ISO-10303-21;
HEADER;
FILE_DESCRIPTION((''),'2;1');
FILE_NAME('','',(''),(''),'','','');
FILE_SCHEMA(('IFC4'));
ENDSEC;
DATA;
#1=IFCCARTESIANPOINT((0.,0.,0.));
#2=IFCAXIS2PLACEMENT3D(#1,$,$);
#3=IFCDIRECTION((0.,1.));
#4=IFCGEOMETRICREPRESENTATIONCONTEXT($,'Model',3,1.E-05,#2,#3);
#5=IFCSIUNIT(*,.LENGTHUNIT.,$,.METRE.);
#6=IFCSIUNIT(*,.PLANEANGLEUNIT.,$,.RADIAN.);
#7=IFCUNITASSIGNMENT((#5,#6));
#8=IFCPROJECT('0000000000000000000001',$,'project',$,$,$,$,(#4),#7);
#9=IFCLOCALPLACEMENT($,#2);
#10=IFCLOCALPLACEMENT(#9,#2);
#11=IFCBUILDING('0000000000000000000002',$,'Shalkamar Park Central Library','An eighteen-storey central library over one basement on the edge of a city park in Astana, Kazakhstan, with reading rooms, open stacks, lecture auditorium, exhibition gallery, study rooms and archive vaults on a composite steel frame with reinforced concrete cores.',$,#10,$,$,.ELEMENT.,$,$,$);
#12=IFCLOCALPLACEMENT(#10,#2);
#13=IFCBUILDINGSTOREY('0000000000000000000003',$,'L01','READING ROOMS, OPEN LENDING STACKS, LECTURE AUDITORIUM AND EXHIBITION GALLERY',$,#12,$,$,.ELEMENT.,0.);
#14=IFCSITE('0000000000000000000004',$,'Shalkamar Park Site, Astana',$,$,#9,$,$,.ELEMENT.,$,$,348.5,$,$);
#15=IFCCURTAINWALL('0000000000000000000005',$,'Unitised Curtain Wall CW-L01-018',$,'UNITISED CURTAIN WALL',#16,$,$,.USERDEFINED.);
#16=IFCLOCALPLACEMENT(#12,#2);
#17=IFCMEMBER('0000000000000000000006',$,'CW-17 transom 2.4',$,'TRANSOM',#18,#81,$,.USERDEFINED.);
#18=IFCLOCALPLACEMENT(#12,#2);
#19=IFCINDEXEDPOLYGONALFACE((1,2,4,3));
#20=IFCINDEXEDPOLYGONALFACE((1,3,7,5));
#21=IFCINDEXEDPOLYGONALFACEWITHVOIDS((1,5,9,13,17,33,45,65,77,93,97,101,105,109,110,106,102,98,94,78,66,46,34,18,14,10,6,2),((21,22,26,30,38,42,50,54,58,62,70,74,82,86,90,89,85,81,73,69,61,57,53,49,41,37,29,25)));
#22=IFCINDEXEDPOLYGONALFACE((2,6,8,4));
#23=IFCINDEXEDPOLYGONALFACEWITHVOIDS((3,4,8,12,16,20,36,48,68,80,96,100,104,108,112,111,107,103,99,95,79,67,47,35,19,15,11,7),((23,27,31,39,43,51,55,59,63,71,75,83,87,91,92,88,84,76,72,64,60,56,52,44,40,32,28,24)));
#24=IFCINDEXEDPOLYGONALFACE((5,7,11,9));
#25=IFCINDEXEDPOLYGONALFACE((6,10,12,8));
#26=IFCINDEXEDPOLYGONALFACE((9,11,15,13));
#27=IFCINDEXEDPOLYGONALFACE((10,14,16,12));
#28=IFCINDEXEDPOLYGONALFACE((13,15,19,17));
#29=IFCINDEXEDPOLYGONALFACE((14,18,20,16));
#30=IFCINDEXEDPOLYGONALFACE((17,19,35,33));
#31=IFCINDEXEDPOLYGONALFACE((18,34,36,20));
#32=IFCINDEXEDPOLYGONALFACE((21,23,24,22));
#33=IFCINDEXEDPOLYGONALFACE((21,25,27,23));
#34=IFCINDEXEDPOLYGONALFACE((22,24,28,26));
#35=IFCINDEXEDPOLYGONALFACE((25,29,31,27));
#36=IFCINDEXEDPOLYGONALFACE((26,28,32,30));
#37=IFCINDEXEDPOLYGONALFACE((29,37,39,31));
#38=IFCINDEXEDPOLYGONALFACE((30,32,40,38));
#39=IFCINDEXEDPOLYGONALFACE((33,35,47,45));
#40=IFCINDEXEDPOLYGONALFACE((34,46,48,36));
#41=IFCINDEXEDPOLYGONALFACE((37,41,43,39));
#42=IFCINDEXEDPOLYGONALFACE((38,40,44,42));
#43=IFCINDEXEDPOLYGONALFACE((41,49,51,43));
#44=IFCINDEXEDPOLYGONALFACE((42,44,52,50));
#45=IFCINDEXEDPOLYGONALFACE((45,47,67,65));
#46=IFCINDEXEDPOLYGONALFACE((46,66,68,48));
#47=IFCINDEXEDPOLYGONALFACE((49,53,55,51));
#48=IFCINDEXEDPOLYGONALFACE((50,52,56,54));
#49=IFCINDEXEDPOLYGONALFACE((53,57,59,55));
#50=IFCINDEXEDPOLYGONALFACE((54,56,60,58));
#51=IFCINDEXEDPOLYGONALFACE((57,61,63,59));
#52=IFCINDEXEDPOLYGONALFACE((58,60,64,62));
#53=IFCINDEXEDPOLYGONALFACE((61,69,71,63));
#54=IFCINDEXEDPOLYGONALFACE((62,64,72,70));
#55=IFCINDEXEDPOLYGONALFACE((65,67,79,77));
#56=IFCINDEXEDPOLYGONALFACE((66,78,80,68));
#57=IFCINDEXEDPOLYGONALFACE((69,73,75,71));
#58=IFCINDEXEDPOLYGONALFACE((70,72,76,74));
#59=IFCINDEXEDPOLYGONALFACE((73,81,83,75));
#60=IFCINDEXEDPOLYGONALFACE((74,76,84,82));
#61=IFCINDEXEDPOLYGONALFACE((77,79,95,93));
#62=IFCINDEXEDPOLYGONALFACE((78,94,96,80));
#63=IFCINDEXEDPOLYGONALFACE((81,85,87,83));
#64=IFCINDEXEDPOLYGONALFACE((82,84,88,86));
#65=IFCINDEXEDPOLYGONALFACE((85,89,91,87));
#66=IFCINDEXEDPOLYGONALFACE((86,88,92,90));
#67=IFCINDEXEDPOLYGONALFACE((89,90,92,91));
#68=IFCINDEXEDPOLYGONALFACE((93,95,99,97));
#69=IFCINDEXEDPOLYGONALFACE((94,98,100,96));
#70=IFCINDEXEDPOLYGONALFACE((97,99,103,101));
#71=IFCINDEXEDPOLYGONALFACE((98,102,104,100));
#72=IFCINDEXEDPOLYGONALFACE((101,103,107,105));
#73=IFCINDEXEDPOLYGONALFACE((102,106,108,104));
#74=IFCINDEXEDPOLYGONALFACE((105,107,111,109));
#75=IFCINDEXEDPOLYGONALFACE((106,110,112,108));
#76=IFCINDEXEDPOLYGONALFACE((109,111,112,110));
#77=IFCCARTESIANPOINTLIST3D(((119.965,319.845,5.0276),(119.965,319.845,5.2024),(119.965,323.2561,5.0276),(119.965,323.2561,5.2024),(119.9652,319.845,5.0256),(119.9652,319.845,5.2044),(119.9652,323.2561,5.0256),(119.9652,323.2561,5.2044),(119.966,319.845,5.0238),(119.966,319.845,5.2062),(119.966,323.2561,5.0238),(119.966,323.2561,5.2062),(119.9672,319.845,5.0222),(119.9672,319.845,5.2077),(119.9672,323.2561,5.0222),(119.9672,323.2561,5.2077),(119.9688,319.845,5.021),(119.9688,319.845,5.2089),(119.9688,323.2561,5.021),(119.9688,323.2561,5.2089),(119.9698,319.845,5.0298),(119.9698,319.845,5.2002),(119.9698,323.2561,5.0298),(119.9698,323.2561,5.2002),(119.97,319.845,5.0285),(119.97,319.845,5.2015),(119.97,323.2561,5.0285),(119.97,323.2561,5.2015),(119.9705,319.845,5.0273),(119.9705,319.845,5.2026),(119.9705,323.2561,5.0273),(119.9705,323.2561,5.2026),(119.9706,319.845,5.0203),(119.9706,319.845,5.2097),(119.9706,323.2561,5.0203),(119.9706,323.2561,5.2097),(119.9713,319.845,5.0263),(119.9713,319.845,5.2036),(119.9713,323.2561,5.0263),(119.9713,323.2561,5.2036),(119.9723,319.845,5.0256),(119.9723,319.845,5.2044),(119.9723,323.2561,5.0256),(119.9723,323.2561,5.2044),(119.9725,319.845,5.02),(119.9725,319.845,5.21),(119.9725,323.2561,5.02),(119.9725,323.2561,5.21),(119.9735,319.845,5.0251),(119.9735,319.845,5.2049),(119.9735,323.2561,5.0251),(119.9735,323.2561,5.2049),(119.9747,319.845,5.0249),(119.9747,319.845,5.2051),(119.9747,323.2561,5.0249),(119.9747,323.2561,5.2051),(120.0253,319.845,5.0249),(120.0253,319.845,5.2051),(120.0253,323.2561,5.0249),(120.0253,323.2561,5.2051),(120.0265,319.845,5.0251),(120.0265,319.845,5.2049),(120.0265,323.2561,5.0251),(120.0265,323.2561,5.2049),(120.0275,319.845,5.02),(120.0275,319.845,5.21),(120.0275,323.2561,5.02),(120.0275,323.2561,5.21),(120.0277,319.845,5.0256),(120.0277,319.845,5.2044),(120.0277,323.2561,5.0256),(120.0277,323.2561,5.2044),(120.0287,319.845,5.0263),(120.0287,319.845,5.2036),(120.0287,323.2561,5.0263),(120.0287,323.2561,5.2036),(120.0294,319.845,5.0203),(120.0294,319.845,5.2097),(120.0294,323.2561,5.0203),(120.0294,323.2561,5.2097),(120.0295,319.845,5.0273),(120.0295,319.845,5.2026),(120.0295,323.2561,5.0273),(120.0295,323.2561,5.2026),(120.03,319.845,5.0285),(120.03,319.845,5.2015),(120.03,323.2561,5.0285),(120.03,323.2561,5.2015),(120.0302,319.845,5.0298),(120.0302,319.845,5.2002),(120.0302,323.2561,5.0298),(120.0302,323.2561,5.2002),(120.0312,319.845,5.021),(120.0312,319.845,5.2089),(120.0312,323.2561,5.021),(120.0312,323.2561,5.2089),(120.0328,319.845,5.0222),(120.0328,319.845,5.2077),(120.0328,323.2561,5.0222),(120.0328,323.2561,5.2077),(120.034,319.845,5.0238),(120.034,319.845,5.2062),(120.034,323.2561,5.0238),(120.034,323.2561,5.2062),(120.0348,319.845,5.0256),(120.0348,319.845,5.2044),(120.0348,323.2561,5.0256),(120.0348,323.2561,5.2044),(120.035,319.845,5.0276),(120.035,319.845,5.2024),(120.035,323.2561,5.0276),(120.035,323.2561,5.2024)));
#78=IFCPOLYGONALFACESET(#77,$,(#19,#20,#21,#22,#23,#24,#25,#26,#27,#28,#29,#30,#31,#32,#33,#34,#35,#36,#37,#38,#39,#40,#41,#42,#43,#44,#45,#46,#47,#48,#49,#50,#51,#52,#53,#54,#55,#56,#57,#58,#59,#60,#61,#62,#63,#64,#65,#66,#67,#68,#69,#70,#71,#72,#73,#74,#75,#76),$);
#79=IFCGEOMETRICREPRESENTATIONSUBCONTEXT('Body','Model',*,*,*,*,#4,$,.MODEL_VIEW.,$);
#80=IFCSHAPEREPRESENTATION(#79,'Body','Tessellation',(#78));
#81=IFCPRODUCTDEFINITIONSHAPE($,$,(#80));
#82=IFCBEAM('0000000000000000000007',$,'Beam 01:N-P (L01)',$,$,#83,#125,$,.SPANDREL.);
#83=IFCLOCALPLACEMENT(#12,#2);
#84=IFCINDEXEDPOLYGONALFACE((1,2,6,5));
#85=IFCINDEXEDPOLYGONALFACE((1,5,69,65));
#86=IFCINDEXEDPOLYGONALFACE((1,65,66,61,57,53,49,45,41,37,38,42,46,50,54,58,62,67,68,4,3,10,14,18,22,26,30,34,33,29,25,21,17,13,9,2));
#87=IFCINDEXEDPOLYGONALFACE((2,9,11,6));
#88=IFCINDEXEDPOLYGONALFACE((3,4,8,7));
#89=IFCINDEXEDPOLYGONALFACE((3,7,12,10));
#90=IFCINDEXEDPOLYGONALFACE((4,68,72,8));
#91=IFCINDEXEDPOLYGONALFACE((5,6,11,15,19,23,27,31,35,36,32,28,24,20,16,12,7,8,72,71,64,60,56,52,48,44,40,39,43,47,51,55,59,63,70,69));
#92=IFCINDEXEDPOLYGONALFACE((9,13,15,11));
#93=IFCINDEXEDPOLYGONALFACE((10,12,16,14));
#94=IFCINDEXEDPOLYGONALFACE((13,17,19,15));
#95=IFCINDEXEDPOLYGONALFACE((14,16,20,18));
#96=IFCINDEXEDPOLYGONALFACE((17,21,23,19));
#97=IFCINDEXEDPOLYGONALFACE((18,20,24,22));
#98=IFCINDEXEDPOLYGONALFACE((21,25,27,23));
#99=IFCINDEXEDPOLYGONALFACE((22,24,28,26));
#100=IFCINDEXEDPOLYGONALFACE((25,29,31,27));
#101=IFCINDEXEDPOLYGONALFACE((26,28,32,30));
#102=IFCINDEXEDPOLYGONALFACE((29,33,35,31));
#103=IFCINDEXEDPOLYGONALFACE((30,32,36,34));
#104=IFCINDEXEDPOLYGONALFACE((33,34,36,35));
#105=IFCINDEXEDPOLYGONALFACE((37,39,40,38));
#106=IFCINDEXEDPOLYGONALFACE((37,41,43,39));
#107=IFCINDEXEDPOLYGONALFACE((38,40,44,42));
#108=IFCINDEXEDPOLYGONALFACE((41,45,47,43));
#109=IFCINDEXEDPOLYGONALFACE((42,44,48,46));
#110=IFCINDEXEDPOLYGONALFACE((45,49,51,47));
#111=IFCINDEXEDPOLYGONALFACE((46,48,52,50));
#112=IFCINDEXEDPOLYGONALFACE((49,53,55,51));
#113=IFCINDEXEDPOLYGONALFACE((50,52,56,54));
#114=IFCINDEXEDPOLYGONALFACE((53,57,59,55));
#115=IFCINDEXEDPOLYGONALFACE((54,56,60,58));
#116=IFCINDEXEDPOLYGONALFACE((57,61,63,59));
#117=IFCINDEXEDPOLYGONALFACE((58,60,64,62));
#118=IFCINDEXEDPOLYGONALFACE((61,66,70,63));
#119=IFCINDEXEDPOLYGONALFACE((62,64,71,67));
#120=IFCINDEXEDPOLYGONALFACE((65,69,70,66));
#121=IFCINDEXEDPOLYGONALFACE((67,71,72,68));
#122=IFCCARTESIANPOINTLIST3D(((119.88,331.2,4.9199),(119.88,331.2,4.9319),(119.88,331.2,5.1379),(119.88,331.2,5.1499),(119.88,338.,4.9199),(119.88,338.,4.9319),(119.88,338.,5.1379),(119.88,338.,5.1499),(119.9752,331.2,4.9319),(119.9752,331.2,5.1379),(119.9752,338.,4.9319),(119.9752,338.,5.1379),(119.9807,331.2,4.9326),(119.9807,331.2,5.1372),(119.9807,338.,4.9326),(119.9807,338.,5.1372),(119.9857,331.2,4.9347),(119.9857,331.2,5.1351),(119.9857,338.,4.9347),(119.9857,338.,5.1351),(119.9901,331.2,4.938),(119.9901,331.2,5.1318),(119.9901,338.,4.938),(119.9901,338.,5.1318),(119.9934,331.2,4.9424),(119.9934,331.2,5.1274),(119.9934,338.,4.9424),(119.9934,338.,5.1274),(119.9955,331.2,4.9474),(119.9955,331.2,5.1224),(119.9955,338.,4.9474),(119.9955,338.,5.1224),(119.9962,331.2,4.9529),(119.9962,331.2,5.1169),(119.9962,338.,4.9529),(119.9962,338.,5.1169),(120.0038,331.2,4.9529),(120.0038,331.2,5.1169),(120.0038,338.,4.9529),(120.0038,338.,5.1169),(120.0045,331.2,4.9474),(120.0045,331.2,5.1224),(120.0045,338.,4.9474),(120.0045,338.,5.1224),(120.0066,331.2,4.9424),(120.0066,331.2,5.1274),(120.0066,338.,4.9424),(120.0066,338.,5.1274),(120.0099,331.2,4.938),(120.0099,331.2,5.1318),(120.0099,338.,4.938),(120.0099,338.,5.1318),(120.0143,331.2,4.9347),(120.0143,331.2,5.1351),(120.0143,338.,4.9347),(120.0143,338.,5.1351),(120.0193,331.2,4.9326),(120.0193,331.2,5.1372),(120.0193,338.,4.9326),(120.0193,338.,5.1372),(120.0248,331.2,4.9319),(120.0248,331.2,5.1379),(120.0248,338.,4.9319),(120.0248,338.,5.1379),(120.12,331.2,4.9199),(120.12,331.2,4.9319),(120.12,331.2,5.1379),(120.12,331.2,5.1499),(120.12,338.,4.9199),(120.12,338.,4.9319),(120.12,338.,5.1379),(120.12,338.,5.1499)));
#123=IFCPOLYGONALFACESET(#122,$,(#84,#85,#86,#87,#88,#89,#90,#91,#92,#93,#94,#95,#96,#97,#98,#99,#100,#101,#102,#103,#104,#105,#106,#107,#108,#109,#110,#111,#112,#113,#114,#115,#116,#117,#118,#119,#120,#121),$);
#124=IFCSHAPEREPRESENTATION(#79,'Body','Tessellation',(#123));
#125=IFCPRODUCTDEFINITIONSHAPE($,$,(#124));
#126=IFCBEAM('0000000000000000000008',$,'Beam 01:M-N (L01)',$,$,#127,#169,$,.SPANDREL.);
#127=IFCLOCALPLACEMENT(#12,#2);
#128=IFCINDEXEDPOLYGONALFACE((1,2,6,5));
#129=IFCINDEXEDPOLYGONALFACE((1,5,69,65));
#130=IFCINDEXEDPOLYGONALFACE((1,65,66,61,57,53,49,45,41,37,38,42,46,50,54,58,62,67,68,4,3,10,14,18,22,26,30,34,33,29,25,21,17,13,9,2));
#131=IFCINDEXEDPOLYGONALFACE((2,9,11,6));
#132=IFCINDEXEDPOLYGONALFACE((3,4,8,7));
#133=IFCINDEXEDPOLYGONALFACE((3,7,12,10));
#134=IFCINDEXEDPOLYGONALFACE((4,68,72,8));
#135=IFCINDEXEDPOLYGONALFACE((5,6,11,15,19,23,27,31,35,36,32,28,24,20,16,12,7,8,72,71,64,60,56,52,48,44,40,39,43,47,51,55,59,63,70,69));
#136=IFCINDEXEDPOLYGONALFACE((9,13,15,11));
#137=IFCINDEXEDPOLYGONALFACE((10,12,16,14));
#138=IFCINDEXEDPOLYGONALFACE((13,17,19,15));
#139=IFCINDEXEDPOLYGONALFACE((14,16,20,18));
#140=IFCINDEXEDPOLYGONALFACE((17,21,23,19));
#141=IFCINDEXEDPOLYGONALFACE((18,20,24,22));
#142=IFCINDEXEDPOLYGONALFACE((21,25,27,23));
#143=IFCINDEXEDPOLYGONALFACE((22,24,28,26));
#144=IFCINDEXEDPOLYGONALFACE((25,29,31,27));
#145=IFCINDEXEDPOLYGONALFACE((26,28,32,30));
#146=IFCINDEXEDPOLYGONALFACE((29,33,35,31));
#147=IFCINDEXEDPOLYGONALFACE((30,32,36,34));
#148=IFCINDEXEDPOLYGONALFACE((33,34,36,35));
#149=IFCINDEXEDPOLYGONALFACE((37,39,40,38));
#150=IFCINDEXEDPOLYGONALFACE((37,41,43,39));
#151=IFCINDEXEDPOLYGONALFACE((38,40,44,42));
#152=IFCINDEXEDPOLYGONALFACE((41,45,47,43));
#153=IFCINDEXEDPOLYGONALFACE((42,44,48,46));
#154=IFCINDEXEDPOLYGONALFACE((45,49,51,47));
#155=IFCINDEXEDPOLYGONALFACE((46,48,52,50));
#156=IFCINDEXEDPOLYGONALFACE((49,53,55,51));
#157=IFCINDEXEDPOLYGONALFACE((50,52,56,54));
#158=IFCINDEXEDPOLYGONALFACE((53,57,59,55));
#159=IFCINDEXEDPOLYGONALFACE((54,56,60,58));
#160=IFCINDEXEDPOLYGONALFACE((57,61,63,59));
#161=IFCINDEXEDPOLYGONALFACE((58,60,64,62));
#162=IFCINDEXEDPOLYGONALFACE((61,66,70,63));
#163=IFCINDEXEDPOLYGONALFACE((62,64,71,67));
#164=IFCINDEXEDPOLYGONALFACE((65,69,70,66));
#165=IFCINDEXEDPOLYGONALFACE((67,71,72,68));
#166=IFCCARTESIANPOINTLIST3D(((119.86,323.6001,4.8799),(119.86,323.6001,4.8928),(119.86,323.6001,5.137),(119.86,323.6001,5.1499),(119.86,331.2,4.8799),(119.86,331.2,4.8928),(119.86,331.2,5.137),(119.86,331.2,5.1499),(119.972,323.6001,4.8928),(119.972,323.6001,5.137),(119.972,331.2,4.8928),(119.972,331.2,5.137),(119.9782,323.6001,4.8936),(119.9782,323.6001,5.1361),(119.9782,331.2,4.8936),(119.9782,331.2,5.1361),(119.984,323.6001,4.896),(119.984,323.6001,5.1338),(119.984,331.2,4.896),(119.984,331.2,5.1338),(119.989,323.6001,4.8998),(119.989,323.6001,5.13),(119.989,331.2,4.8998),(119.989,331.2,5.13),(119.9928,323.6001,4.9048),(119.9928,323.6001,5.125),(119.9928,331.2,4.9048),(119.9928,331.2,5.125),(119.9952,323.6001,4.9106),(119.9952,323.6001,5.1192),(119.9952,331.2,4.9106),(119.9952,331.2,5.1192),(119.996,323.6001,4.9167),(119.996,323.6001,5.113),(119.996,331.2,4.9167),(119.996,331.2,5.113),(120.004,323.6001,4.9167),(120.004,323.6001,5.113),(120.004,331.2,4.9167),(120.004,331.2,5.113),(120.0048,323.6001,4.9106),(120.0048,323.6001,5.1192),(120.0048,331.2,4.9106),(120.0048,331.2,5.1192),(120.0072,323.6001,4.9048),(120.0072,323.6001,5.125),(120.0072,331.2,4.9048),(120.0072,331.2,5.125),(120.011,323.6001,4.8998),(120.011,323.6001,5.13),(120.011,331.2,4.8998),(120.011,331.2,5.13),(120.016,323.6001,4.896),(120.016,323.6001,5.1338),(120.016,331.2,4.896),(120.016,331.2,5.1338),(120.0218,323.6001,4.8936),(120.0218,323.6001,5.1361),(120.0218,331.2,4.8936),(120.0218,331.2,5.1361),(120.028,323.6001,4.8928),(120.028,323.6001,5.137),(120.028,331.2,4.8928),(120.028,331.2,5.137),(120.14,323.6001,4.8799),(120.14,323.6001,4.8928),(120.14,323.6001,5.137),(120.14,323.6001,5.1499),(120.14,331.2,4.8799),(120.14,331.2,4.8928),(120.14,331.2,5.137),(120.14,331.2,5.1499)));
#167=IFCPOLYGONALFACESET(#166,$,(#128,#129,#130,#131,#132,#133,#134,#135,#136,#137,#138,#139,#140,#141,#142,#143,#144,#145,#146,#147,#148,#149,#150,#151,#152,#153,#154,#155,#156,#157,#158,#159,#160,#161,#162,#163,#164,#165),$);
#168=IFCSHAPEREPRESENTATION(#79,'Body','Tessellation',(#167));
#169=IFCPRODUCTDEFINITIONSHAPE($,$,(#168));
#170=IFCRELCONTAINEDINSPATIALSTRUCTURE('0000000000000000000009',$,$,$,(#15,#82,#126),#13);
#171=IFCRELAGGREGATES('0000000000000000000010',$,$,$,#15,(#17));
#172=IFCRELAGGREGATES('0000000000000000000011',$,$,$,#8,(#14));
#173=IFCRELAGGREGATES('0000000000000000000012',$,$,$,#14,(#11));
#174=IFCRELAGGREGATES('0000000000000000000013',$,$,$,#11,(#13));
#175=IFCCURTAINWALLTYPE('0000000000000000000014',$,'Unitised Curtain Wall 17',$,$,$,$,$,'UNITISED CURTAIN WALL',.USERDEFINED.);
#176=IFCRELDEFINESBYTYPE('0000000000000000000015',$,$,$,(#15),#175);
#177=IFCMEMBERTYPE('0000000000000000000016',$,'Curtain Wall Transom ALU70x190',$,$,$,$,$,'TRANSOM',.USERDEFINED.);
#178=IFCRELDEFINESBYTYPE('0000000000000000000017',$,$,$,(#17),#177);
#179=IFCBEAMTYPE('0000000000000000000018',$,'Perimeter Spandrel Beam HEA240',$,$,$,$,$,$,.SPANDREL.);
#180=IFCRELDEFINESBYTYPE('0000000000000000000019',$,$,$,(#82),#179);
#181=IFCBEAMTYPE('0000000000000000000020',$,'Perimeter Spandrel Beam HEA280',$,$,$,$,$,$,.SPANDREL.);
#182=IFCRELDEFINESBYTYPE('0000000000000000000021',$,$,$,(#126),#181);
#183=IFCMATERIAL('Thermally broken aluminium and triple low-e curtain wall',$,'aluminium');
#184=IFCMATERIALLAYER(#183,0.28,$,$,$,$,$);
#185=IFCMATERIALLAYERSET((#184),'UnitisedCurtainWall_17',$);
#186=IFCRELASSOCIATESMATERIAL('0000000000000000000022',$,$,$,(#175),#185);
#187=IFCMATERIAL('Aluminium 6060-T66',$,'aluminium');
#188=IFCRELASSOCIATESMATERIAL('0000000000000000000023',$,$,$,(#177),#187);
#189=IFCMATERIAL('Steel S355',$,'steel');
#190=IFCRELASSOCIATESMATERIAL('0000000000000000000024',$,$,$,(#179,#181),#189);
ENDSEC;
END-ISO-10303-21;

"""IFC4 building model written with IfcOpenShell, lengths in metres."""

from ifc_helpers import new_model, si_unit, direction, frame, origin, origin_2d, place, context, subcontext, project, spatial, hollow_rectangle, i_section, extrude, material, layer, layer_set, material_profile, profile_set, type_object, element, aggregate, save


model = new_model("IFC4")

# Units and contexts
model_context = context("Model", 3, precision=1e-05, world=origin(), true_north=direction((0.0, 1.0)))
body_context = subcontext(model_context, "Body", "Model", "MODEL_VIEW")
ifc_project = project(units=[si_unit("LENGTHUNIT", "METRE"), si_unit("PLANEANGLEUNIT", "RADIAN")], contexts=[model_context])

# Site, building, storey
site_placement = place(None, origin())
site = spatial("IfcSite", under=ifc_project, at=site_placement, Name="Shalkamar Park Site, Astana", CompositionType="ELEMENT", RefElevation=348.5)
building_placement = place(site_placement, origin())
building = spatial("IfcBuilding", under=site, at=building_placement, Name="Shalkamar Park Central Library", Description="An eighteen-storey central library over one basement on the edge of a city park in Astana, Kazakhstan, with reading rooms, open stacks, lecture auditorium, exhibition gallery, study rooms and archive vaults on a composite steel frame with reinforced concrete cores.", CompositionType="ELEMENT")
storey_placement = place(building_placement, origin())
storey = spatial("IfcBuildingStorey", under=building, at=storey_placement, Name="L01", Description="READING ROOMS, OPEN LENDING STACKS, LECTURE AUDITORIUM AND EXHIBITION GALLERY", CompositionType="ELEMENT", Elevation=0.0)

# Shared definitions
ifc_material_1 = material(Name="Steel S355", Category="steel")

# Curtain wall, member
ifc_material_2 = material(Name="Thermally broken aluminium and triple low-e curtain wall", Category="aluminium")
ifc_layer_1 = layer(ifc_material_2, 0.28)
ifc_layer_set_1 = layer_set([ifc_layer_1], Name="UnitisedCurtainWall_17")
curtain_wall_type = type_object("IfcCurtainWallType", Name="Unitised Curtain Wall 17", ElementType="UNITISED CURTAIN WALL", PredefinedType="USERDEFINED", material=ifc_layer_set_1)
curtain_wall_placement = place(storey_placement, origin())
curtain_wall = element("IfcCurtainWall", 1, at=curtain_wall_placement, inside=storey, type_object=curtain_wall_type, Name="Unitised Curtain Wall CW-L01-018", ObjectType="UNITISED CURTAIN WALL", PredefinedType="USERDEFINED")
ifc_material_3 = material(Name="Aluminium 6060-T66", Category="aluminium")
ifc_material_profile_1 = material_profile(ifc_material_3, hollow_rectangle(XDim=0.0701, YDim=0.1899, WallThickness=0.0049, InnerFilletRadius=0.0049, OuterFilletRadius=0.0076, at=origin_2d()), Name="ALU 70x190x5")
ifc_profile_set_1 = profile_set([ifc_material_profile_1], Name="Aluminium 6060-T66")
member_type_1 = type_object("IfcMemberType", Name="Curtain Wall Transom ALU70x190", ElementType="TRANSOM", PredefinedType="USERDEFINED", material=ifc_profile_set_1)
member_1_placement = place(storey_placement, frame((120.0, 319.845, 5.115), z_axis=(0.0, 1.0, 0.0), x_axis=(-1.0, 0.0, 0.0)))
member_1 = element("IfcMember", 2, at=member_1_placement, type_object=member_type_1, Name="CW-17 transom 2.4", ObjectType="TRANSOM", PredefinedType="USERDEFINED", context=body_context, shape_type="SweptSolid", body=[
    extrude(hollow_rectangle(XDim=0.0701, YDim=0.1899, WallThickness=0.0049, InnerFilletRadius=0.0049, OuterFilletRadius=0.0076, at=origin_2d()), origin(), (0.0, 0.0, 1.0), 3.4111),
])

# Beams
ifc_material_profile_2 = material_profile(ifc_material_1, i_section(OverallWidth=0.24, OverallDepth=0.23, WebThickness=0.0076, FlangeThickness=0.012, FilletRadius=0.021, at=origin_2d()), Name="HEA 240")
ifc_profile_set_2 = profile_set([ifc_material_profile_2], Name="Steel S355")
beam_type_1 = type_object("IfcBeamType", Name="Perimeter Spandrel Beam HEA240", PredefinedType="SPANDREL", material=ifc_profile_set_2)
beam_1_placement = place(storey_placement, frame((120.0, 331.2, 5.0349), z_axis=(0.0, 1.0, 0.0), x_axis=(-1.0, 0.0, 0.0)))
element("IfcBeam", 3, at=beam_1_placement, inside=storey, type_object=beam_type_1, Name="Beam 01:N-P (L01)", PredefinedType="SPANDREL", context=body_context, shape_type="SweptSolid", body=[
    extrude(i_section(OverallWidth=0.24, OverallDepth=0.23, WebThickness=0.0076, FlangeThickness=0.012, FilletRadius=0.021, at=origin_2d()), origin(), (0.0, 0.0, 1.0), 6.8),
])
ifc_material_profile_3 = material_profile(ifc_material_1, i_section(OverallWidth=0.28, OverallDepth=0.27, WebThickness=0.0081, FlangeThickness=0.0129, FilletRadius=0.0239, at=origin_2d()), Name="HEA 280")
ifc_profile_set_3 = profile_set([ifc_material_profile_3], Name="Steel S355")
beam_type_2 = type_object("IfcBeamType", Name="Perimeter Spandrel Beam HEA280", PredefinedType="SPANDREL", material=ifc_profile_set_3)
beam_2_placement = place(storey_placement, frame((120.0, 323.6001, 5.0149), z_axis=(0.0, 1.0, 0.0), x_axis=(-1.0, 0.0, 0.0)))
element("IfcBeam", 4, at=beam_2_placement, inside=storey, type_object=beam_type_2, Name="Beam 01:M-N (L01)", PredefinedType="SPANDREL", context=body_context, shape_type="SweptSolid", body=[
    extrude(i_section(OverallWidth=0.28, OverallDepth=0.27, WebThickness=0.0081, FlangeThickness=0.0129, FilletRadius=0.0239, at=origin_2d()), origin(), (0.0, 0.0, 1.0), 7.5999),
])

aggregate(curtain_wall, [member_1])

save(model, "model.ifc")
